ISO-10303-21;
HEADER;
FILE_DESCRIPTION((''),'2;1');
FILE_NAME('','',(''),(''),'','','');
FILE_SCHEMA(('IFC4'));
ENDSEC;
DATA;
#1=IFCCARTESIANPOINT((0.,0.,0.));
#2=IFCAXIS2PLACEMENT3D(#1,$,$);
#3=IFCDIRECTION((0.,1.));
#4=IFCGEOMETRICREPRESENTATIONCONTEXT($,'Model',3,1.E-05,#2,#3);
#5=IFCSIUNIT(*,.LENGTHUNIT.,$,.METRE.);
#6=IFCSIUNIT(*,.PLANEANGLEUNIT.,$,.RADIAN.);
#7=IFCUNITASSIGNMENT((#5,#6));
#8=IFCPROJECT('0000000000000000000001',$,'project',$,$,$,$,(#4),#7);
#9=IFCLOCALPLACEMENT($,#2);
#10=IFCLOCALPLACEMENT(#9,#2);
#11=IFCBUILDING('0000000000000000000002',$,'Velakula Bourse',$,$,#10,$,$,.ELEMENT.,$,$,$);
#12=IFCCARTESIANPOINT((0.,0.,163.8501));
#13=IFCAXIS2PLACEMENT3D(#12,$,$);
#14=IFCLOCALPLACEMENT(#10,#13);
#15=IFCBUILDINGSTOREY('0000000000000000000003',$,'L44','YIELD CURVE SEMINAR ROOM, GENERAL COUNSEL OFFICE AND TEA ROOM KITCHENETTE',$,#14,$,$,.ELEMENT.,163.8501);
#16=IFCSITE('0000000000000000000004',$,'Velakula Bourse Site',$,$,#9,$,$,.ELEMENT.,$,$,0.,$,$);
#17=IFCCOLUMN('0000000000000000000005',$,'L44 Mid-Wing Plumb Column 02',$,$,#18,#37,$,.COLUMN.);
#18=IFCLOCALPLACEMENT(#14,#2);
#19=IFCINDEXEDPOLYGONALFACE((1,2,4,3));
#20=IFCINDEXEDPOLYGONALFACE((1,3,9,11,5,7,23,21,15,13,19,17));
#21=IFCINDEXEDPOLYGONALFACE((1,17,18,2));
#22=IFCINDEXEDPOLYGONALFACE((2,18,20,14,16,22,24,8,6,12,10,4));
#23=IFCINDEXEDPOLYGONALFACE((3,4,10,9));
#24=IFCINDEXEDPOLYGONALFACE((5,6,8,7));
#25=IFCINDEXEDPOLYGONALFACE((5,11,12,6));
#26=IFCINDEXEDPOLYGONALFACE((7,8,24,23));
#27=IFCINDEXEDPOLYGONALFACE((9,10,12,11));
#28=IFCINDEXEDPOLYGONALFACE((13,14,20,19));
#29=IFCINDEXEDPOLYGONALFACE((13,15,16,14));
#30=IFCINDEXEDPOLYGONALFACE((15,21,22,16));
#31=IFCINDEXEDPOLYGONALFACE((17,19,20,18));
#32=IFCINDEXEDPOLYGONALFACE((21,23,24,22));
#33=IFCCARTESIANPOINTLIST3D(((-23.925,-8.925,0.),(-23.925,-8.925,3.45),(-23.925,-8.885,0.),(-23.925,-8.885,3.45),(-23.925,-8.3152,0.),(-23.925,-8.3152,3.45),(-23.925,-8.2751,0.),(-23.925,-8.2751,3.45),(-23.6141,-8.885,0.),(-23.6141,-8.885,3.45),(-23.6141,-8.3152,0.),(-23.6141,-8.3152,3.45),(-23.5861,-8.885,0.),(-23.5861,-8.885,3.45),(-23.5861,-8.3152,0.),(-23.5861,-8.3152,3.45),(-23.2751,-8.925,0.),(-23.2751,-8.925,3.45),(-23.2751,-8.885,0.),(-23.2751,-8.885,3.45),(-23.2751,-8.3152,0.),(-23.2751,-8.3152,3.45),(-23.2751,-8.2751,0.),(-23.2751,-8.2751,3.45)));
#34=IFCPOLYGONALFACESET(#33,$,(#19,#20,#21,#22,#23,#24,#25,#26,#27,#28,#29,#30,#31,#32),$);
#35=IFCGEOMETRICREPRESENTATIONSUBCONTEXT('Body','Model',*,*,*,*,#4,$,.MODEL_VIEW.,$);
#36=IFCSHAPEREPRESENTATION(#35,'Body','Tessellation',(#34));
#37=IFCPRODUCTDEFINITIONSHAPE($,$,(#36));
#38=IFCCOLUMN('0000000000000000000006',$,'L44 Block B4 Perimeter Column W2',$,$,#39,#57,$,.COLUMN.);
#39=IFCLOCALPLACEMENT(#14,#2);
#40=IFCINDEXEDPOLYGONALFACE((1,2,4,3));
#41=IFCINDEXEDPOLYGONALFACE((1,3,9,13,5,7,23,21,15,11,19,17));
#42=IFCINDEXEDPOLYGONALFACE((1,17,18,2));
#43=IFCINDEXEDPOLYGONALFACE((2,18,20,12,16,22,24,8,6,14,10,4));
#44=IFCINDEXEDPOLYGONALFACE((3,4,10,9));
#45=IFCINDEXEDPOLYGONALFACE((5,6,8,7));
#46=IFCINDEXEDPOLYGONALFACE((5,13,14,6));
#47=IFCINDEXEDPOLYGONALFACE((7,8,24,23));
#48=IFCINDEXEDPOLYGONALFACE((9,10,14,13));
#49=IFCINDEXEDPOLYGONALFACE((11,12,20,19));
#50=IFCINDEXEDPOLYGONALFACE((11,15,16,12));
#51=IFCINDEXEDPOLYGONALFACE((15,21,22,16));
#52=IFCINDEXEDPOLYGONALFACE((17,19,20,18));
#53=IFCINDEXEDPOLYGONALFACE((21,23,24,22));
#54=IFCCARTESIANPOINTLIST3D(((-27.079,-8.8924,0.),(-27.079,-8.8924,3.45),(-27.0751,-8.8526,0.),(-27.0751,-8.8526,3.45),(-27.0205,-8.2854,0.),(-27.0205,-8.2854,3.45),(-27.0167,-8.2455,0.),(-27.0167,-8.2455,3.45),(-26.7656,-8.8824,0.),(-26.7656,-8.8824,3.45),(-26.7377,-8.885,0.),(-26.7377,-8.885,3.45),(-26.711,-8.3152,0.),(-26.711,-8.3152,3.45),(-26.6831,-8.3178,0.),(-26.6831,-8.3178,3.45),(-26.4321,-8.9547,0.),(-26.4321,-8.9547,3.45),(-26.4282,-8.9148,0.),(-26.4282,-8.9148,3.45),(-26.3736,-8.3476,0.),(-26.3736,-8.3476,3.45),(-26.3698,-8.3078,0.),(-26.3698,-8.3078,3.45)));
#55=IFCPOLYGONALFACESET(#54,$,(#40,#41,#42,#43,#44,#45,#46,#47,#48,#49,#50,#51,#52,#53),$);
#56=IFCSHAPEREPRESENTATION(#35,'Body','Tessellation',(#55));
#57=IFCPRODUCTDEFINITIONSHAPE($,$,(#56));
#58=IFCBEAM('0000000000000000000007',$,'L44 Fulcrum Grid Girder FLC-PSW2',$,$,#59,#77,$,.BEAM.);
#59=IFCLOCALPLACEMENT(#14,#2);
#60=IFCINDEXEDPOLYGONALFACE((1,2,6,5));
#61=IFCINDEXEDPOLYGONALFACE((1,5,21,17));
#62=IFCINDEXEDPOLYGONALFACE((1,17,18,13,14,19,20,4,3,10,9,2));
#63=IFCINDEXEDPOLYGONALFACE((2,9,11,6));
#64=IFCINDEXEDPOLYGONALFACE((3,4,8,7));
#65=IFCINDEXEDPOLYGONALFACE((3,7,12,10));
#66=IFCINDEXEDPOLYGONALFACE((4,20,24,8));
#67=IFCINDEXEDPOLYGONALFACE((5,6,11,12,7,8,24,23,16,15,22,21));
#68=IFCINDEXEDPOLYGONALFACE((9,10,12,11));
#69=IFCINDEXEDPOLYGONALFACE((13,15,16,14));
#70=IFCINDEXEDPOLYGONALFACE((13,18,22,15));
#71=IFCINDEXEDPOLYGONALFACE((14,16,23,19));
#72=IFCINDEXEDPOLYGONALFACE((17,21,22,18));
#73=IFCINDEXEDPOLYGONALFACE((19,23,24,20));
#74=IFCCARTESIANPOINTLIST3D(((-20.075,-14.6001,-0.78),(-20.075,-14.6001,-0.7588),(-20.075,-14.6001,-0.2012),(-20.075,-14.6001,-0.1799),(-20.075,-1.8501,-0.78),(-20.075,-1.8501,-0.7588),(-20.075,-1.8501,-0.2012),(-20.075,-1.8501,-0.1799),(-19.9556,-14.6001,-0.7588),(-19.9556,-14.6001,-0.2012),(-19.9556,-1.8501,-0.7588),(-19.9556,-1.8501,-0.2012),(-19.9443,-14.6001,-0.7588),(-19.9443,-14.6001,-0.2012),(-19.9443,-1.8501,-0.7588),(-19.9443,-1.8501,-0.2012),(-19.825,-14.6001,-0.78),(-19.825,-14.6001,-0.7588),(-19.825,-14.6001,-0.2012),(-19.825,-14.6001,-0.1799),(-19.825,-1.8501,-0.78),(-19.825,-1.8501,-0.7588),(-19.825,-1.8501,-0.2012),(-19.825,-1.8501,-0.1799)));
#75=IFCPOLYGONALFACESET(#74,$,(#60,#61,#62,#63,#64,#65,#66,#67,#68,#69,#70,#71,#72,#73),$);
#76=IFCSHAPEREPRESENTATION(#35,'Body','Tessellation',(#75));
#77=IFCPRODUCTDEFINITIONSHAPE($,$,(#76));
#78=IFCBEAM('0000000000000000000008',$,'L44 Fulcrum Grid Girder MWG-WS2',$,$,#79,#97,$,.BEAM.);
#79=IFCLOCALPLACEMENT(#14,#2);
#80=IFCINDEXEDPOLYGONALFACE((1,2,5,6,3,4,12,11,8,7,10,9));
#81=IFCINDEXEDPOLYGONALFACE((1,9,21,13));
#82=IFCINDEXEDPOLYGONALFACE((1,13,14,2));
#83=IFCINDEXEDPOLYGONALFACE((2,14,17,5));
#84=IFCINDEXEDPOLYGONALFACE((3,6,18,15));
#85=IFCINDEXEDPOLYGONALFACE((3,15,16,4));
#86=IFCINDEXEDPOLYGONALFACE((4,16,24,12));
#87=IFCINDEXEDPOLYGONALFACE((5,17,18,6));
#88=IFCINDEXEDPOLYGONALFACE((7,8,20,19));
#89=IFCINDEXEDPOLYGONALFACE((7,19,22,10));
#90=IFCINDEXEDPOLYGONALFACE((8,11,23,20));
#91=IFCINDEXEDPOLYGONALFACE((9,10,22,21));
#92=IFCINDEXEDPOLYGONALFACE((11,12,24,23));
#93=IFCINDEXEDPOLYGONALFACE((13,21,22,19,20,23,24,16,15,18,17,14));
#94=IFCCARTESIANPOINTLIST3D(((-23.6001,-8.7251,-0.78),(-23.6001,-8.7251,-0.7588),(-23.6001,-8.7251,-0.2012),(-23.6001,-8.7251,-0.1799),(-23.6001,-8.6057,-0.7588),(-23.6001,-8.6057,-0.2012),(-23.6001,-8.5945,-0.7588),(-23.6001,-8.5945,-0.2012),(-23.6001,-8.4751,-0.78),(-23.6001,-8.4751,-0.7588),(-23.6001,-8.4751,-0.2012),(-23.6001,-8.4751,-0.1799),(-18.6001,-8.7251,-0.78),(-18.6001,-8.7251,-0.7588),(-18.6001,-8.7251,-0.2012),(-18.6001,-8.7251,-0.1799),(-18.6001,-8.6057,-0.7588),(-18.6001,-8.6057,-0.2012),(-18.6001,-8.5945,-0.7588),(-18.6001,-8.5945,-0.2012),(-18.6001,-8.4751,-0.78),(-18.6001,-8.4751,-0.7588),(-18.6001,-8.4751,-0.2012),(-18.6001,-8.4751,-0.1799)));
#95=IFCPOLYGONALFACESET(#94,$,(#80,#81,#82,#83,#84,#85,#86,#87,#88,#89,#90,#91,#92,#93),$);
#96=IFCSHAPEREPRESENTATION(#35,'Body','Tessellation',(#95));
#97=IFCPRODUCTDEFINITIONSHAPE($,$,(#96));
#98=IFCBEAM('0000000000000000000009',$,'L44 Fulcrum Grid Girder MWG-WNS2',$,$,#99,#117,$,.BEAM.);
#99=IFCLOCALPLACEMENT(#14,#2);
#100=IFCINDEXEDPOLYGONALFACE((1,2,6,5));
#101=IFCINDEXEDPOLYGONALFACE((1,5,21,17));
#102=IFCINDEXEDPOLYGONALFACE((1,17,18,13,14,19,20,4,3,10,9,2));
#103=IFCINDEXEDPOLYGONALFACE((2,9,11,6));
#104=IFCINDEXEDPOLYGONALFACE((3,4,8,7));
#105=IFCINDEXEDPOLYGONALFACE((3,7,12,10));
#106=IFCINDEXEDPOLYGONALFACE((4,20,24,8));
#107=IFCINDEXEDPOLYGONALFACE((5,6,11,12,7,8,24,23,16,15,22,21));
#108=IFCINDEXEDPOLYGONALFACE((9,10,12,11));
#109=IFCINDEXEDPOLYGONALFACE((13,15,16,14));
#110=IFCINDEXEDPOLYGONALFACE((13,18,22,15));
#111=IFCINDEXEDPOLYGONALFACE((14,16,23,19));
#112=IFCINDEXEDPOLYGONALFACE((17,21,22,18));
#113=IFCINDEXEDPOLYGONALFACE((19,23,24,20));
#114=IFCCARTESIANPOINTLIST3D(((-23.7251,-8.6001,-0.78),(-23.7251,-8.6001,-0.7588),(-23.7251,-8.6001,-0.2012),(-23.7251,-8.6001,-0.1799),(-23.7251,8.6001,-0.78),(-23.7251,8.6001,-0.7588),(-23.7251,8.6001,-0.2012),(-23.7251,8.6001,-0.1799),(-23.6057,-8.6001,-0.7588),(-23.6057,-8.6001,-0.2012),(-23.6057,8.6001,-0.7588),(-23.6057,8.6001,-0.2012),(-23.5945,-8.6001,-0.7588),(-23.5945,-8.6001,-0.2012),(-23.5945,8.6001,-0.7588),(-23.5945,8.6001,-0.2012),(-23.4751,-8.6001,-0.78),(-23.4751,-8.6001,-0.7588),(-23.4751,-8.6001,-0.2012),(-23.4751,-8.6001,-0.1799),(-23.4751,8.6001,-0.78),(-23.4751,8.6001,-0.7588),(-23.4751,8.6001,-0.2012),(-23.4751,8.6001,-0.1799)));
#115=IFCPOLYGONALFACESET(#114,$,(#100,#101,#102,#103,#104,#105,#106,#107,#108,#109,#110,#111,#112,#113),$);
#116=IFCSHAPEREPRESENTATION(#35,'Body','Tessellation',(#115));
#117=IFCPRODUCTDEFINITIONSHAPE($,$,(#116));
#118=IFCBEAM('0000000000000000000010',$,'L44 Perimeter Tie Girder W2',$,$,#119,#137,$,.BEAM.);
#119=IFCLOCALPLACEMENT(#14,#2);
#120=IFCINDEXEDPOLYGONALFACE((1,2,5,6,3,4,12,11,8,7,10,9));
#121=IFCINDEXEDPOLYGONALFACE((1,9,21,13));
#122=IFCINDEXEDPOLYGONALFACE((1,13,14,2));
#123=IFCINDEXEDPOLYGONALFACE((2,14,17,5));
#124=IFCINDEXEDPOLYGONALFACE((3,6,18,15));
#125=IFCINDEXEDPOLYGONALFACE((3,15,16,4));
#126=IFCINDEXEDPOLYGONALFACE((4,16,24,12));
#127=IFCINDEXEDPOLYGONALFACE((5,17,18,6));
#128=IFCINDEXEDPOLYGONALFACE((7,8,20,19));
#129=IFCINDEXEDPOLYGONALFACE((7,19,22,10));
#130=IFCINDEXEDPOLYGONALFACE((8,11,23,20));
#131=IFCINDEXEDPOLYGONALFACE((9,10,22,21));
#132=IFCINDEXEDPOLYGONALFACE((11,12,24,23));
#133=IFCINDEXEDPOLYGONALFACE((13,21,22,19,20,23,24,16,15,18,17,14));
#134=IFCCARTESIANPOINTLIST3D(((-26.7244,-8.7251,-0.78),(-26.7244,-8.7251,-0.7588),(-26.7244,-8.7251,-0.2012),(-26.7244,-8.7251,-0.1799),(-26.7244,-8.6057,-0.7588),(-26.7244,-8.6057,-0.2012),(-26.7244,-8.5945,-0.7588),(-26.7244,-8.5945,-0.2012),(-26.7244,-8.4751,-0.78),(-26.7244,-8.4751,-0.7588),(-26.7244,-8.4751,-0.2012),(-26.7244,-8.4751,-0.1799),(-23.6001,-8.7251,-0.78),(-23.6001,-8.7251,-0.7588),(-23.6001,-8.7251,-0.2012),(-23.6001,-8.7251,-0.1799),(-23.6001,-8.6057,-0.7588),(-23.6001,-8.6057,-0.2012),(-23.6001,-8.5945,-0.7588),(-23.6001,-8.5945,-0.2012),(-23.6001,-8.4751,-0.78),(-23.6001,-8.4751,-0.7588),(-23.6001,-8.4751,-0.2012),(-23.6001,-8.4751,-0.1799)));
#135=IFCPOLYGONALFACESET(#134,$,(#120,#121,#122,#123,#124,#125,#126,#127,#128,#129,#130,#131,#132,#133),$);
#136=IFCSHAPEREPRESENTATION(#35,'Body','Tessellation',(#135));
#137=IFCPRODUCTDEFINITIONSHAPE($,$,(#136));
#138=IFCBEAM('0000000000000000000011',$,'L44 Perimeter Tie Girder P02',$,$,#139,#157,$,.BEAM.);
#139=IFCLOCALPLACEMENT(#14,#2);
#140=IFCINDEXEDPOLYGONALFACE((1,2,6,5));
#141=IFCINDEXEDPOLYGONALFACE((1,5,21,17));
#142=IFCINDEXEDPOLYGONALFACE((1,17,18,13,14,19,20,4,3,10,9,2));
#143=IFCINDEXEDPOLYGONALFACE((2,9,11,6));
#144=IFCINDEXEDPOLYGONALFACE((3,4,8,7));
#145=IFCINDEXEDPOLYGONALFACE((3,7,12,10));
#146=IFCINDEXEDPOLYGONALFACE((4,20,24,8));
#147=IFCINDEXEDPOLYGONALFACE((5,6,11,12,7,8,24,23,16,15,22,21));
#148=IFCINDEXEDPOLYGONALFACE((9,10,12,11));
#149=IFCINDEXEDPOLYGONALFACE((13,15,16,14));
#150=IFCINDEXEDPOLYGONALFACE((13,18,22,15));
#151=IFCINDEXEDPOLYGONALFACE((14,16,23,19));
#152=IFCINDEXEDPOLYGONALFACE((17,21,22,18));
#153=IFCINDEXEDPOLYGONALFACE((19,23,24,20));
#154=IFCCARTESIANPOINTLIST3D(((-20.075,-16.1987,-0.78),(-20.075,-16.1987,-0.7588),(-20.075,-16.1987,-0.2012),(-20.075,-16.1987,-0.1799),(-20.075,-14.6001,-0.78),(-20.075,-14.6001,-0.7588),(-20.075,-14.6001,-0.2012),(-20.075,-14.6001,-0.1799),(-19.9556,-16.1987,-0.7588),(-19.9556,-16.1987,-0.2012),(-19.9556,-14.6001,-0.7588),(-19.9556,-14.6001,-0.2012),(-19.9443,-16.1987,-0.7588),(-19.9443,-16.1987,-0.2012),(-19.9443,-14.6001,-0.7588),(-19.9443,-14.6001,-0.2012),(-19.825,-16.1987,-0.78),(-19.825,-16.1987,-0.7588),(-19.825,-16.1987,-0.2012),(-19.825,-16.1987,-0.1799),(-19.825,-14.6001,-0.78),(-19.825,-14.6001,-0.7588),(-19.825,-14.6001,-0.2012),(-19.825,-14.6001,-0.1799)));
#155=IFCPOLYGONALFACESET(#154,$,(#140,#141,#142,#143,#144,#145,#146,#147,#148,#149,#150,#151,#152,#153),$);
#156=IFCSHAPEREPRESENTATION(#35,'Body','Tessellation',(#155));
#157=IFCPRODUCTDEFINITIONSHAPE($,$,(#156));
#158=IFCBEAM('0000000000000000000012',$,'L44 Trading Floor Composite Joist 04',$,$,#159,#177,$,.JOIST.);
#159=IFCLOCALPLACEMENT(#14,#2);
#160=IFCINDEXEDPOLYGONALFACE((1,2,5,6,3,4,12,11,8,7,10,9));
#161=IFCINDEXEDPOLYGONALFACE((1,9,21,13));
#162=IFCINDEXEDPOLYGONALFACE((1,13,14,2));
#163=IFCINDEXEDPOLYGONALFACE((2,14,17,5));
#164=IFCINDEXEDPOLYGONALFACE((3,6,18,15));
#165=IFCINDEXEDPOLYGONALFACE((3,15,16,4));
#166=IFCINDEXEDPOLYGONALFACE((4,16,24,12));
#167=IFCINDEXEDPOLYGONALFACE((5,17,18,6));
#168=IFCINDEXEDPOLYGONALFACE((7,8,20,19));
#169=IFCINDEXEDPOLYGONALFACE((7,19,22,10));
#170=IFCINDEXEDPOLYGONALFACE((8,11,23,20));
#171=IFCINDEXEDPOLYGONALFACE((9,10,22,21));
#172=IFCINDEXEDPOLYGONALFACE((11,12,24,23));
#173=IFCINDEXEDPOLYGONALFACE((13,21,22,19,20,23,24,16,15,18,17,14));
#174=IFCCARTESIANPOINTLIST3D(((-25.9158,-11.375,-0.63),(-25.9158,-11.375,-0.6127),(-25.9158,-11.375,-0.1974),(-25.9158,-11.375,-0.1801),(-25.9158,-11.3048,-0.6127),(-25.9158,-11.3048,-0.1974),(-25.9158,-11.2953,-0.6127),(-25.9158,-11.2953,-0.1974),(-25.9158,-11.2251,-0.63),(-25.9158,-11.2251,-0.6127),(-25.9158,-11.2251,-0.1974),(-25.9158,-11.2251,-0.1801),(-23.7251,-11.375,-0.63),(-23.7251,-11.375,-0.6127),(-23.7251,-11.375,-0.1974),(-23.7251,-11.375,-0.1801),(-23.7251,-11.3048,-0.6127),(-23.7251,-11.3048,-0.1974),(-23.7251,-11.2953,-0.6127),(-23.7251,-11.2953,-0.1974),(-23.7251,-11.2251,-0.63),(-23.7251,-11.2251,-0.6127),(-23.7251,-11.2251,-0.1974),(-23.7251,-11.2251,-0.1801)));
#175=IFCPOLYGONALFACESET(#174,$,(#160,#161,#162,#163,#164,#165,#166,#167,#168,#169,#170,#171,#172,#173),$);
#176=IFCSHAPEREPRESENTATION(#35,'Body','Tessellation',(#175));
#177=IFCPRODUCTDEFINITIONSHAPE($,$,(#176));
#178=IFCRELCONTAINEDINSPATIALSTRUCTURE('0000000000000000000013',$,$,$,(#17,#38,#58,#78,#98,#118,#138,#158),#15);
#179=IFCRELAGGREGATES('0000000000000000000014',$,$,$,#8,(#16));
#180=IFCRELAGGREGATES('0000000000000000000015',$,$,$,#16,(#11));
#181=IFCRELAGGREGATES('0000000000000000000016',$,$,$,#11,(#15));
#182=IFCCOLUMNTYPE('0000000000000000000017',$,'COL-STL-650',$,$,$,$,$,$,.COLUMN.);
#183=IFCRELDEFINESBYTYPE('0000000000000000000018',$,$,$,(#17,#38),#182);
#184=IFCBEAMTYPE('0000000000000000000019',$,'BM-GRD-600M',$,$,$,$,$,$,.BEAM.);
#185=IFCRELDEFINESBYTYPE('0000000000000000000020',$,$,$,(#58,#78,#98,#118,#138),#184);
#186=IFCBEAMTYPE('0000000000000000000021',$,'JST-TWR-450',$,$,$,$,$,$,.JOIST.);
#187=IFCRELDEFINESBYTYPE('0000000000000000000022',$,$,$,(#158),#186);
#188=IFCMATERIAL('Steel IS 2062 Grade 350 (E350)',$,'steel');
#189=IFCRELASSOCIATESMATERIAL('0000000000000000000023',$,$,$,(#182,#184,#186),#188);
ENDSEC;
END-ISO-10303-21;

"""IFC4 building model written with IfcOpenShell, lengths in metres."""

from ifc_helpers import new_model, si_unit, direction, frame, origin, origin_2d, place, context, subcontext, project, spatial, i_section, extrude, material, material_profile, profile_set, type_object, element, save


model = new_model("IFC4")

# Units and contexts
model_context = context("Model", 3, precision=1e-05, world=origin(), true_north=direction((0.0, 1.0)))
body_context = subcontext(model_context, "Body", "Model", "MODEL_VIEW")
ifc_project = project(units=[si_unit("LENGTHUNIT", "METRE"), si_unit("PLANEANGLEUNIT", "RADIAN")], contexts=[model_context])

# Site, building, storey
site_placement = place(None, origin())
site = spatial("IfcSite", under=ifc_project, at=site_placement, Name="Velakula Bourse Site", CompositionType="ELEMENT", RefElevation=0.0)
building_placement = place(site_placement, origin())
building = spatial("IfcBuilding", under=site, at=building_placement, Name="Velakula Bourse", CompositionType="ELEMENT")
storey_placement = place(building_placement, frame((0.0, 0.0, 163.8501)))
storey = spatial("IfcBuildingStorey", under=building, at=storey_placement, Name="L44", Description="YIELD CURVE SEMINAR ROOM, GENERAL COUNSEL OFFICE AND TEA ROOM KITCHENETTE", CompositionType="ELEMENT", Elevation=163.8501)

# Columns
ifc_material_1 = material(Name="Steel IS 2062 Grade 350 (E350)", Category="steel")
ifc_material_profile_1 = material_profile(ifc_material_1, i_section(OverallWidth=0.6499, OverallDepth=0.6499, WebThickness=0.0281, FlangeThickness=0.04, at=origin_2d()), Name="Steel IS 2062 Grade 350 (E350)")
ifc_profile_set_1 = profile_set([ifc_material_profile_1], Name="Steel IS 2062 Grade 350 (E350)")
column_type = type_object("IfcColumnType", Name="COL-STL-650", PredefinedType="COLUMN", material=ifc_profile_set_1)
for number, where, z_axis, x_axis, name in (
    (1, (-23.6001, -8.6001, 0.0), (0.0, 0.0, 1.0), (1.0, 0.0, 0.0), "L44 Mid-Wing Plumb Column 02"),
    (2, (-26.7244, -8.6001, 0.0), (0.0, 0.0, 1.0), (0.995396, -0.095846, 0.0), "L44 Block B4 Perimeter Column W2"),
):
    element("IfcColumn", number, at=place(storey_placement, frame(where, z_axis=z_axis, x_axis=x_axis)), inside=storey, type_object=column_type, Name=name, PredefinedType="COLUMN", context=body_context, shape_type="SweptSolid", body=[
        extrude(i_section(OverallWidth=0.6499, OverallDepth=0.6499, WebThickness=0.0281, FlangeThickness=0.04, at=origin_2d()), origin(), (0.0, 0.0, 1.0), 3.45),
    ])

# Beams
ifc_material_profile_2 = material_profile(ifc_material_1, i_section(OverallWidth=0.25, OverallDepth=0.6001, WebThickness=0.0112, FlangeThickness=0.0212, at=origin_2d()), Name="Steel IS 2062 Grade 350 (E350)")
ifc_profile_set_2 = profile_set([ifc_material_profile_2], Name="Steel IS 2062 Grade 350 (E350)")
beam_type_1 = type_object("IfcBeamType", Name="BM-GRD-600M", PredefinedType="BEAM", material=ifc_profile_set_2)
beam_1_placement = place(storey_placement, frame((-19.95, -14.6001, -0.48), z_axis=(0.0, 1.0, 0.0), x_axis=(-1.0, 0.0, 0.0)))
element("IfcBeam", 3, at=beam_1_placement, inside=storey, type_object=beam_type_1, Name="L44 Fulcrum Grid Girder FLC-PSW2", PredefinedType="BEAM", context=body_context, shape_type="SweptSolid", body=[
    extrude(i_section(OverallWidth=0.25, OverallDepth=0.6001, WebThickness=0.0112, FlangeThickness=0.0212, at=origin_2d()), origin(), (0.0, 0.0, 1.0), 12.75),
])
beam_2_placement = place(storey_placement, frame((-23.6001, -8.6001, -0.48), z_axis=(1.0, 0.0, 0.0), x_axis=(0.0, 1.0, 0.0)))
element("IfcBeam", 4, at=beam_2_placement, inside=storey, type_object=beam_type_1, Name="L44 Fulcrum Grid Girder MWG-WS2", PredefinedType="BEAM", context=body_context, shape_type="SweptSolid", body=[
    extrude(i_section(OverallWidth=0.25, OverallDepth=0.6001, WebThickness=0.0112, FlangeThickness=0.0212, at=origin_2d()), origin(), (0.0, 0.0, 1.0), 5.0),
])
beam_3_placement = place(storey_placement, frame((-23.6001, -8.6001, -0.48), z_axis=(0.0, 1.0, 0.0), x_axis=(-1.0, 0.0, 0.0)))
element("IfcBeam", 5, at=beam_3_placement, inside=storey, type_object=beam_type_1, Name="L44 Fulcrum Grid Girder MWG-WNS2", PredefinedType="BEAM", context=body_context, shape_type="SweptSolid", body=[
    extrude(i_section(OverallWidth=0.25, OverallDepth=0.6001, WebThickness=0.0112, FlangeThickness=0.0212, at=origin_2d()), origin(), (0.0, 0.0, 1.0), 17.2002),
])
beam_4_placement = place(storey_placement, frame((-23.6001, -8.6001, -0.48), z_axis=(-1.0, 0.0, 0.0), x_axis=(0.0, -1.0, 0.0)))
element("IfcBeam", 6, at=beam_4_placement, inside=storey, type_object=beam_type_1, Name="L44 Perimeter Tie Girder W2", PredefinedType="BEAM", context=body_context, shape_type="SweptSolid", body=[
    extrude(i_section(OverallWidth=0.25, OverallDepth=0.6001, WebThickness=0.0112, FlangeThickness=0.0212, at=origin_2d()), origin(), (0.0, 0.0, 1.0), 3.1243),
])
beam_5_placement = place(storey_placement, frame((-19.95, -14.6001, -0.48), z_axis=(0.0, -1.0, 0.0), x_axis=(1.0, 0.0, 0.0)))
element("IfcBeam", 7, at=beam_5_placement, inside=storey, type_object=beam_type_1, Name="L44 Perimeter Tie Girder P02", PredefinedType="BEAM", context=body_context, shape_type="SweptSolid", body=[
    extrude(i_section(OverallWidth=0.25, OverallDepth=0.6001, WebThickness=0.0112, FlangeThickness=0.0212, at=origin_2d()), origin(), (0.0, 0.0, 1.0), 1.5986),
])
ifc_material_profile_3 = material_profile(ifc_material_1, i_section(OverallWidth=0.1499, OverallDepth=0.45, WebThickness=0.0095, FlangeThickness=0.0173, at=origin_2d()), Name="Steel IS 2062 Grade 350 (E350)")
ifc_profile_set_3 = profile_set([ifc_material_profile_3], Name="Steel IS 2062 Grade 350 (E350)")
beam_type_2 = type_object("IfcBeamType", Name="JST-TWR-450", PredefinedType="JOIST", material=ifc_profile_set_3)
beam_6_placement = place(storey_placement, frame((-25.9158, -11.3, -0.405), z_axis=(1.0, 0.0, 0.0), x_axis=(0.0, 1.0, 0.0)))
element("IfcBeam", 8, at=beam_6_placement, inside=storey, type_object=beam_type_2, Name="L44 Trading Floor Composite Joist 04", PredefinedType="JOIST", context=body_context, shape_type="SweptSolid", body=[
    extrude(i_section(OverallWidth=0.1499, OverallDepth=0.45, WebThickness=0.0095, FlangeThickness=0.0173, at=origin_2d()), origin(), (0.0, 0.0, 1.0), 2.1907),
])

save(model, "model.ifc")
